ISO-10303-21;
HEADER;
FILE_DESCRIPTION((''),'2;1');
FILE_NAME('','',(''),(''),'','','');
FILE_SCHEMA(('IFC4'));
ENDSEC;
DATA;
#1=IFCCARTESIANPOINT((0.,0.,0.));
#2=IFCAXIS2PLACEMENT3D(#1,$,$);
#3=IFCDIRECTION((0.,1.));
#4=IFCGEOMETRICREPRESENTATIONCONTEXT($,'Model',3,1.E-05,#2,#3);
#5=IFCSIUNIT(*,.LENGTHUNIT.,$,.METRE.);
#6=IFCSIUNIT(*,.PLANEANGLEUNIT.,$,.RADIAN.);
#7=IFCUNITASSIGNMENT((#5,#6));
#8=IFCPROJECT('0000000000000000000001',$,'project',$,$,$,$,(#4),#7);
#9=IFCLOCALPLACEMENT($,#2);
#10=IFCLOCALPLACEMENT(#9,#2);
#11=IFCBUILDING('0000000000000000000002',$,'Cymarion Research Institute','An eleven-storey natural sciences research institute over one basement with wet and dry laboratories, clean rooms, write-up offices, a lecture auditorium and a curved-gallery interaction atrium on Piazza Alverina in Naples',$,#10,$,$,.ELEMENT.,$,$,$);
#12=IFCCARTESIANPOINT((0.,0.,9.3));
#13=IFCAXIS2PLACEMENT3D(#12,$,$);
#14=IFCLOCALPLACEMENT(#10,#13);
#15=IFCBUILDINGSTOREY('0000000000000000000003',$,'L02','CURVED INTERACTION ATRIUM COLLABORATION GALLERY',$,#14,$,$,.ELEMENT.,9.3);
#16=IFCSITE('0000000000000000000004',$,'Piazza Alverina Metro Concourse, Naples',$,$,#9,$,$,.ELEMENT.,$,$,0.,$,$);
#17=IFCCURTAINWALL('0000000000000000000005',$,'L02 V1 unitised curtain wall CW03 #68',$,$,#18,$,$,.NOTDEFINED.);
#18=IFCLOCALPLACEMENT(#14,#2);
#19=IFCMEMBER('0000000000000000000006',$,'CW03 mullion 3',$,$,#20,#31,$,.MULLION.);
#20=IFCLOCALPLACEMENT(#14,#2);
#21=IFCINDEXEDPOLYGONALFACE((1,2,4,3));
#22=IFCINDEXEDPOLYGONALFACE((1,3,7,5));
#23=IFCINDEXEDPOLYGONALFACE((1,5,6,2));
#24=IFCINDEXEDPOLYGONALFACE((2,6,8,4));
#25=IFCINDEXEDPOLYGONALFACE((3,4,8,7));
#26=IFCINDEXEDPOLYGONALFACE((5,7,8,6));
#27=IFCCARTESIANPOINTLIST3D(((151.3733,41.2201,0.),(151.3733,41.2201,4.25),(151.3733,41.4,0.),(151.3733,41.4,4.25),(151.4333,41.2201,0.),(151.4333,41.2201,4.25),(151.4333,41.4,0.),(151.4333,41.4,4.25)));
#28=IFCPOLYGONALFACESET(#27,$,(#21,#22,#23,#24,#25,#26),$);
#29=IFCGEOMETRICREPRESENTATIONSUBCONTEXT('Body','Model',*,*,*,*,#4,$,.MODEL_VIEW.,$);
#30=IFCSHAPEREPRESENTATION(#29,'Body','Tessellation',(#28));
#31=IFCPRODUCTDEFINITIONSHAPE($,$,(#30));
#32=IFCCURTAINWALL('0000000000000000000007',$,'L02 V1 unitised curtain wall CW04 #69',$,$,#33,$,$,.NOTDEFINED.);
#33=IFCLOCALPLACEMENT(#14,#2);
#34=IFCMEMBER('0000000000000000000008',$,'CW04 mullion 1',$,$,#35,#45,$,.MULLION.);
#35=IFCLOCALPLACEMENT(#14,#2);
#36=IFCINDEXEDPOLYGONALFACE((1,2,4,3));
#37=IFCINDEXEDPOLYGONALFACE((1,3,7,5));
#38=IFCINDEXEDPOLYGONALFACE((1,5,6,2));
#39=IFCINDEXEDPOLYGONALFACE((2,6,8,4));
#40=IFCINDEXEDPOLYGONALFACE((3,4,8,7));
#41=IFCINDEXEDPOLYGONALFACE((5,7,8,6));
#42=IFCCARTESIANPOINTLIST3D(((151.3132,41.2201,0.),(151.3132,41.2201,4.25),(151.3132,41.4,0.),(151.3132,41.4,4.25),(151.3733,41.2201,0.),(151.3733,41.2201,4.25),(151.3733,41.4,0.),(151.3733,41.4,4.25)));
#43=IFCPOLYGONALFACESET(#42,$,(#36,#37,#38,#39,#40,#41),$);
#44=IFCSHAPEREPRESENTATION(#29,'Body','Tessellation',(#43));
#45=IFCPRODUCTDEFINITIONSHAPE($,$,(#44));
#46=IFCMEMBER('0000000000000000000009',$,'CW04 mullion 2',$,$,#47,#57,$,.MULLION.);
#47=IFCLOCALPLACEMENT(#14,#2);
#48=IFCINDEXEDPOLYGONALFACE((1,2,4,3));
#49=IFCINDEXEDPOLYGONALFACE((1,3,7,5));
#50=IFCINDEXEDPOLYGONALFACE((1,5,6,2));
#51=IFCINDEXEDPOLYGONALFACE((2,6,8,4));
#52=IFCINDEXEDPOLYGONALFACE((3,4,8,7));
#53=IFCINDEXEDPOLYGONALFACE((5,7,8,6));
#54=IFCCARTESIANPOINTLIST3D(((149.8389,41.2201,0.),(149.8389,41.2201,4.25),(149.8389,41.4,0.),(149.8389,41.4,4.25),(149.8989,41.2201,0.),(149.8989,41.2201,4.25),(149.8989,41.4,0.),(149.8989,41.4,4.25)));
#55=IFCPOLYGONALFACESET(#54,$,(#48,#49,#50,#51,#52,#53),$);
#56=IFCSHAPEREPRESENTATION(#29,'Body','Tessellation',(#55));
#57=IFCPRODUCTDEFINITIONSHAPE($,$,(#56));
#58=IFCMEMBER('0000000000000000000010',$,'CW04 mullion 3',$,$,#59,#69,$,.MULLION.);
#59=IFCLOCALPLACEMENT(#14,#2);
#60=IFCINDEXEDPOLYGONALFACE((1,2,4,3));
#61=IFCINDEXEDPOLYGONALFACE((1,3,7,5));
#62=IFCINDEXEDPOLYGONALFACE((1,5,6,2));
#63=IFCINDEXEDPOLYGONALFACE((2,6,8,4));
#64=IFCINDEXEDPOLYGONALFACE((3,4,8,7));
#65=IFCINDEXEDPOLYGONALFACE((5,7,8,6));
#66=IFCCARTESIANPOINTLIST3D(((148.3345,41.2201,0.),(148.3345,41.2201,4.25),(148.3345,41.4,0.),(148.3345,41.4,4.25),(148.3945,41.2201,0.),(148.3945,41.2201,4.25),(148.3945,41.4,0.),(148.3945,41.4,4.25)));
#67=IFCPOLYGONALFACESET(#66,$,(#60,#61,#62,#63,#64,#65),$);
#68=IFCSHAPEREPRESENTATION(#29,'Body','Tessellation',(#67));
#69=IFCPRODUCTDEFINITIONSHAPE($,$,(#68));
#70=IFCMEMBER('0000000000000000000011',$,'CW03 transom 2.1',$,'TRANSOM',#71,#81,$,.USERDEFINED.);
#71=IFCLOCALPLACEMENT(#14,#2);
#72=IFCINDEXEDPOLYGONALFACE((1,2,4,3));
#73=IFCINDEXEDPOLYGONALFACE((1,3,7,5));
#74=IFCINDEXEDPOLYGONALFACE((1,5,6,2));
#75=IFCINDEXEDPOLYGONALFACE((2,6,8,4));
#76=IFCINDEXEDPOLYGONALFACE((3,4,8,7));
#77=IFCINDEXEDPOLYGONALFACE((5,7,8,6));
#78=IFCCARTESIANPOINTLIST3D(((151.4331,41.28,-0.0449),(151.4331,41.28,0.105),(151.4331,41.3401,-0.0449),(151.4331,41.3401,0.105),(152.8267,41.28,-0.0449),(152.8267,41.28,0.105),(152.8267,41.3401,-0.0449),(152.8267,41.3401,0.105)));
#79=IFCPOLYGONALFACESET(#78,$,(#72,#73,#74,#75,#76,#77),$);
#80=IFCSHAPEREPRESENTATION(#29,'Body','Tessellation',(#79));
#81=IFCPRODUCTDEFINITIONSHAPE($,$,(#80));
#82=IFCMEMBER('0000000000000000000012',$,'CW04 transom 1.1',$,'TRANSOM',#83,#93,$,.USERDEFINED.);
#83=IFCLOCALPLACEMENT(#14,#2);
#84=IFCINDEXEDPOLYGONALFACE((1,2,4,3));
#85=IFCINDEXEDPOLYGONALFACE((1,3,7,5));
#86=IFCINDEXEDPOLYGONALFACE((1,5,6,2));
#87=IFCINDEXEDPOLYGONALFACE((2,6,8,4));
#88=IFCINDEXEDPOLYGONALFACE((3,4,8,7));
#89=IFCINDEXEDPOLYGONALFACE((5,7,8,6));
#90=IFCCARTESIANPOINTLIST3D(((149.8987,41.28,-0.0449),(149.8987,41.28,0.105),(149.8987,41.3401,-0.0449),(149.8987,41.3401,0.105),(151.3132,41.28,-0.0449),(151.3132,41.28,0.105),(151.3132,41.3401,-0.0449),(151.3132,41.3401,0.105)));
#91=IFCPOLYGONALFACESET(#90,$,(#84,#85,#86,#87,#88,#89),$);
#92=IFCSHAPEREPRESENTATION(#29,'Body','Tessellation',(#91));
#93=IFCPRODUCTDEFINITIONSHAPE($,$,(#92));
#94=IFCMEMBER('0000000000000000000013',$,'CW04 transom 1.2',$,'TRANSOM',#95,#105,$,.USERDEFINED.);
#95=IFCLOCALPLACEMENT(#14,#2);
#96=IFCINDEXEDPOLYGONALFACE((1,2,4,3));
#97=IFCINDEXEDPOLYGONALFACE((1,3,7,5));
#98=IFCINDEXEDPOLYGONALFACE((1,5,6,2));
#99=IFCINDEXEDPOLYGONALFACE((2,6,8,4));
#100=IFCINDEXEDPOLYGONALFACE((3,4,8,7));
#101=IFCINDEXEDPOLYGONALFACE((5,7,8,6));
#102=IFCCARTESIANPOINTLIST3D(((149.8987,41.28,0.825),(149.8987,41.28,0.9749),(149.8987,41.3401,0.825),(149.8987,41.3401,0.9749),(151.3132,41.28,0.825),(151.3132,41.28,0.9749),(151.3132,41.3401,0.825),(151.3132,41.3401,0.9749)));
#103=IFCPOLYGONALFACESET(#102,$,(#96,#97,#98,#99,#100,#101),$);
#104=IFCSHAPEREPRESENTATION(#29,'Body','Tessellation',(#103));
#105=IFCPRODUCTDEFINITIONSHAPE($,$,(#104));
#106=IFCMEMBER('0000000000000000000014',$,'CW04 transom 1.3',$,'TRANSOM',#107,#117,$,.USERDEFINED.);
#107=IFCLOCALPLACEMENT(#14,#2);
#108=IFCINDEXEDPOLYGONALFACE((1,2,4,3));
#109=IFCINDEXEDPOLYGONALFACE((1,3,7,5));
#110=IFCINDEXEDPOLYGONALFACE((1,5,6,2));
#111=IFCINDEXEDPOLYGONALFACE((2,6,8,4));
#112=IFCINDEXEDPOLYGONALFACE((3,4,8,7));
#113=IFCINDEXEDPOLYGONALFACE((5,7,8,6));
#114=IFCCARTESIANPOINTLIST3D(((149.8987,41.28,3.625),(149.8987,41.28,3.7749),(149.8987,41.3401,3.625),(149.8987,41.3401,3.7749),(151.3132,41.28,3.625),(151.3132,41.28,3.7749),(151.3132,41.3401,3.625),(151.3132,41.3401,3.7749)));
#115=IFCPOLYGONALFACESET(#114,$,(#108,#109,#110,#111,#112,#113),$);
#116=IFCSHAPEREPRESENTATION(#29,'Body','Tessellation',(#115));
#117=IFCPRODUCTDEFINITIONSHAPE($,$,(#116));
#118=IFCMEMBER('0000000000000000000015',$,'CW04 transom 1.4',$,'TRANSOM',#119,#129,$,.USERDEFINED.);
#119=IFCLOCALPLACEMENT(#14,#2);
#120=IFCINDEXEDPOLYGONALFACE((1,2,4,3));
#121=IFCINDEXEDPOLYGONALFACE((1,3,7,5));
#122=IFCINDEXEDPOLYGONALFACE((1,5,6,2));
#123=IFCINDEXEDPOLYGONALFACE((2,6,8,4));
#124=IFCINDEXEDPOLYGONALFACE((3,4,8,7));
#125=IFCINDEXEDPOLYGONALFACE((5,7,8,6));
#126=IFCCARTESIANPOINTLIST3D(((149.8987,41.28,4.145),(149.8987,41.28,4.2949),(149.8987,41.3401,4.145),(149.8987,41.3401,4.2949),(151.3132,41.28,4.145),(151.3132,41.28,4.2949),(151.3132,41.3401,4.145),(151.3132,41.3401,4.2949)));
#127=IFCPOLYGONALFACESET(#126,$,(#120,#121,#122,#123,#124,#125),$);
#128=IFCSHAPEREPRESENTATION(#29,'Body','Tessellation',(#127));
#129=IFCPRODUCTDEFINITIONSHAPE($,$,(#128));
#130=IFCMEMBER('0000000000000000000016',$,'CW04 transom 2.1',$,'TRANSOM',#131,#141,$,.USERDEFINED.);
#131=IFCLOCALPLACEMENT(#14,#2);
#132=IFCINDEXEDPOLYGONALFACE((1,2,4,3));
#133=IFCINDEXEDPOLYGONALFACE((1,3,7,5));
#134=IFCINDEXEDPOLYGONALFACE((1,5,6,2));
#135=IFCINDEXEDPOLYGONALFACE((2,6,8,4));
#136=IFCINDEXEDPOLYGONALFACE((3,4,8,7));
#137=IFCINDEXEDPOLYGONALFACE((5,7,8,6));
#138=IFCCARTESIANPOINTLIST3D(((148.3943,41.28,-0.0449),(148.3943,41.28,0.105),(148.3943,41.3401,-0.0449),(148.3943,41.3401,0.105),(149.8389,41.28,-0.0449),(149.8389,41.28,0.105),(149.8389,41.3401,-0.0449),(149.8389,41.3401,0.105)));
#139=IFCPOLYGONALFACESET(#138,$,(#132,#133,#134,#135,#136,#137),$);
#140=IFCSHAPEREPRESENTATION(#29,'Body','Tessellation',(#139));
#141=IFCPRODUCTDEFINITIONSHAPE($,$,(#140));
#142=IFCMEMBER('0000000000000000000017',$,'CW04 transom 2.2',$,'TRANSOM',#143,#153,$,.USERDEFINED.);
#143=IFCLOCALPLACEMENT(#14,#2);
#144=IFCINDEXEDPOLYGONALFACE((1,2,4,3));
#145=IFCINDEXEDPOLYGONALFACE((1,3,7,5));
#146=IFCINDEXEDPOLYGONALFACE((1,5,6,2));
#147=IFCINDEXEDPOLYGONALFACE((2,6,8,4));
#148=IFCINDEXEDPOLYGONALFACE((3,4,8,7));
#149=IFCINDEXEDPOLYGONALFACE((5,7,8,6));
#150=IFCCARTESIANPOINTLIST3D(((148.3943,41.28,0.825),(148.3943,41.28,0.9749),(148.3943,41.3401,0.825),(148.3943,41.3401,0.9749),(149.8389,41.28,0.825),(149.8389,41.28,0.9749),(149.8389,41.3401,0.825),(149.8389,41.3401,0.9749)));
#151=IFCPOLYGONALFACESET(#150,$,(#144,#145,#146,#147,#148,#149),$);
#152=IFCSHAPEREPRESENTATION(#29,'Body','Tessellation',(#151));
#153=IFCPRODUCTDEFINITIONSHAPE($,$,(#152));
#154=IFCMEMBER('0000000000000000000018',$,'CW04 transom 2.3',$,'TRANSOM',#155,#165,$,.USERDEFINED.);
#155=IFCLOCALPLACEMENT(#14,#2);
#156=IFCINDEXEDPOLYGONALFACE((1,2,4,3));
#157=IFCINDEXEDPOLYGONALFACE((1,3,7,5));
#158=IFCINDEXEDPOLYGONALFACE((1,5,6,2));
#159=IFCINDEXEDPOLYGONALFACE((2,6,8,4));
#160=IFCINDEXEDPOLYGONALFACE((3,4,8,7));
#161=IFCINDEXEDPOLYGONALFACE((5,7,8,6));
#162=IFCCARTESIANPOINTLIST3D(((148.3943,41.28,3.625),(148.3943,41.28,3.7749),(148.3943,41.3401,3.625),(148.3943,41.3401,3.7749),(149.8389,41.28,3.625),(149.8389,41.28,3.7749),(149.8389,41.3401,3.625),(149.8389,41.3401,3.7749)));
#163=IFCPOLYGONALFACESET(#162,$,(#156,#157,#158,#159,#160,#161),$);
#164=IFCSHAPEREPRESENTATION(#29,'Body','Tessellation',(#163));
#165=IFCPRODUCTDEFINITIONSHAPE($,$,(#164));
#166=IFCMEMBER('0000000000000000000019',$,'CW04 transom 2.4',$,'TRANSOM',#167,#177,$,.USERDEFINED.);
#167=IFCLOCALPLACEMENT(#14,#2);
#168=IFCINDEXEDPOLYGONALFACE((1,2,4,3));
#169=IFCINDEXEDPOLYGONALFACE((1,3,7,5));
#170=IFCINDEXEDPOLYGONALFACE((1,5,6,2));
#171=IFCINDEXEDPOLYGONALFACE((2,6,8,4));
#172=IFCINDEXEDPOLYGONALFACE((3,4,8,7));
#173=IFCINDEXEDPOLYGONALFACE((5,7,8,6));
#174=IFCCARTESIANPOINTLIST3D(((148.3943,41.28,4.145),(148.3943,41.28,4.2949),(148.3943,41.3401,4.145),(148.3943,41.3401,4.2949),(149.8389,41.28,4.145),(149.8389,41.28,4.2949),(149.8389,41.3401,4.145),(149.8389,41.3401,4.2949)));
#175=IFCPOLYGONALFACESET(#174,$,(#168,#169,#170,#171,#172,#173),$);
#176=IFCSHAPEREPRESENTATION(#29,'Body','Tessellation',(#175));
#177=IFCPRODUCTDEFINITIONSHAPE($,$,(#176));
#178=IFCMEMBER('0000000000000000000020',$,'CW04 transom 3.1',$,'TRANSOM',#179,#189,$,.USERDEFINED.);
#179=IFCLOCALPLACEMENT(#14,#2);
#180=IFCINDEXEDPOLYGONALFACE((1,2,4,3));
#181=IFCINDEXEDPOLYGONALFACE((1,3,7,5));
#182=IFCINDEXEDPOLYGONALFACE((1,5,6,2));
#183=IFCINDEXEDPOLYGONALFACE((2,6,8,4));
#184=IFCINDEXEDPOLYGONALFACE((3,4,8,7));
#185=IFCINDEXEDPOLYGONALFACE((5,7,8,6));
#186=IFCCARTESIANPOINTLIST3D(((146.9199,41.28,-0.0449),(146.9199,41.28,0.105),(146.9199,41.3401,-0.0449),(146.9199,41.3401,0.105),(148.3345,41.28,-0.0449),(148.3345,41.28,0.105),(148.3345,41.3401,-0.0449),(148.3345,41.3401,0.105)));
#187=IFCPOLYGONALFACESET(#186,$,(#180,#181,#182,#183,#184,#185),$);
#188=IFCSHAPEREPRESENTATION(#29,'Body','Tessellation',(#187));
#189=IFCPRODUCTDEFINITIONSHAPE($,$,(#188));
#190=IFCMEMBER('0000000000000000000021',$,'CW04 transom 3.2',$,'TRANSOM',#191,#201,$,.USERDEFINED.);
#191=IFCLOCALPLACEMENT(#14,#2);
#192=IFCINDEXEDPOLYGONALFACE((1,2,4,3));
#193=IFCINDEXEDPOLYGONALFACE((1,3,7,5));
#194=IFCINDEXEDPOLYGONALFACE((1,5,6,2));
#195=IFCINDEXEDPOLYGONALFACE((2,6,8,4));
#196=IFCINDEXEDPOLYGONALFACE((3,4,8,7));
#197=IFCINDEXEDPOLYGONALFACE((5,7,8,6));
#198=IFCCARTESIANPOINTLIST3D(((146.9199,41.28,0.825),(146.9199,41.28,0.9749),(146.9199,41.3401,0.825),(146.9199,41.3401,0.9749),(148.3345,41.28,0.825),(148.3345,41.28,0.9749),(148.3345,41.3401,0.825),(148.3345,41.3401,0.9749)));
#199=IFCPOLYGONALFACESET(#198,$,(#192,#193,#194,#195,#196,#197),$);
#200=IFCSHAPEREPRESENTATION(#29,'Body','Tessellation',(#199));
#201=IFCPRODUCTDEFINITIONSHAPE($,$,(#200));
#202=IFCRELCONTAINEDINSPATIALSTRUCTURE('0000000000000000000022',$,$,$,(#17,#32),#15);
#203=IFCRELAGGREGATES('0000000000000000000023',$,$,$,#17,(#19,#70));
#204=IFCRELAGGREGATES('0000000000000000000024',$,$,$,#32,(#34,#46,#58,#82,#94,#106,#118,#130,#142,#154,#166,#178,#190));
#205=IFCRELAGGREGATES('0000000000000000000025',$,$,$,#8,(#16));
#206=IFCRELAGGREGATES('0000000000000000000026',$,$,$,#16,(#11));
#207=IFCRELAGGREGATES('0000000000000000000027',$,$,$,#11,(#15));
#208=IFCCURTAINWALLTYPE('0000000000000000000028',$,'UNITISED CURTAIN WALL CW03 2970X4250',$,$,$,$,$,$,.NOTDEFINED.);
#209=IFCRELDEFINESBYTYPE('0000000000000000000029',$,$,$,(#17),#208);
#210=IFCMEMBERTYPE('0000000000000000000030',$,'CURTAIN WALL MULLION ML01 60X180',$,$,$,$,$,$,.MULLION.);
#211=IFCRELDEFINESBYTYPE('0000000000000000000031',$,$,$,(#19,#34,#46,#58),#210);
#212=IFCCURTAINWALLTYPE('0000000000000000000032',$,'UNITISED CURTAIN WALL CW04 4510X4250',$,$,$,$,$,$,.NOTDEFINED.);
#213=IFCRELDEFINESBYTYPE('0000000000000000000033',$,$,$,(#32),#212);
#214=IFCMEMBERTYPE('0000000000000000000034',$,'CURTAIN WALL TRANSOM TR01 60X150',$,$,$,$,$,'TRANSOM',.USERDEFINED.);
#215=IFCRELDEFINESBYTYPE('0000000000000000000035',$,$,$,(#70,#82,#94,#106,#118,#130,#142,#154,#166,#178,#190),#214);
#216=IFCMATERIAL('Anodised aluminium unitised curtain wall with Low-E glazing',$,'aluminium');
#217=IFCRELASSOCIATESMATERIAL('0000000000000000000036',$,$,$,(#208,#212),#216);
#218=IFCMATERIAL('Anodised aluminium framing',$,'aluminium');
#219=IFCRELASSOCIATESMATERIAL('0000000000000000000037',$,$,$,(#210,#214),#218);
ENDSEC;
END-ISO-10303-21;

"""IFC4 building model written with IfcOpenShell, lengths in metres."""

from ifc_helpers import new_model, si_unit, direction, frame, origin, origin_2d, place, context, subcontext, project, spatial, rectangle, extrude, material, material_profile, profile_set, type_object, element, aggregate, save


model = new_model("IFC4")

# Units and contexts
model_context = context("Model", 3, precision=1e-05, world=origin(), true_north=direction((0.0, 1.0)))
body_context = subcontext(model_context, "Body", "Model", "MODEL_VIEW")
ifc_project = project(units=[si_unit("LENGTHUNIT", "METRE"), si_unit("PLANEANGLEUNIT", "RADIAN")], contexts=[model_context])

# Site, building, storey
site_placement = place(None, origin())
site = spatial("IfcSite", under=ifc_project, at=site_placement, Name="Piazza Alverina Metro Concourse, Naples", CompositionType="ELEMENT", RefElevation=0.0)
building_placement = place(site_placement, origin())
building = spatial("IfcBuilding", under=site, at=building_placement, Name="Cymarion Research Institute", Description="An eleven-storey natural sciences research institute over one basement with wet and dry laboratories, clean rooms, write-up offices, a lecture auditorium and a curved-gallery interaction atrium on Piazza Alverina in Naples", CompositionType="ELEMENT")
storey_placement = place(building_placement, frame((0.0, 0.0, 9.3)))
storey = spatial("IfcBuildingStorey", under=building, at=storey_placement, Name="L02", Description="CURVED INTERACTION ATRIUM COLLABORATION GALLERY", CompositionType="ELEMENT", Elevation=9.3)

# Curtain wall, member
ifc_material_1 = material(Name="Anodised aluminium unitised curtain wall with Low-E glazing", Category="aluminium")
curtain_wall_type_1 = type_object("IfcCurtainWallType", Name="UNITISED CURTAIN WALL CW03 2970X4250", PredefinedType="NOTDEFINED", material=ifc_material_1)
curtain_wall_1_placement = place(storey_placement, origin())
curtain_wall_1 = element("IfcCurtainWall", 1, at=curtain_wall_1_placement, inside=storey, type_object=curtain_wall_type_1, Name="L02 V1 unitised curtain wall CW03 #68", PredefinedType="NOTDEFINED")
ifc_material_2 = material(Name="Anodised aluminium framing", Category="aluminium")
ifc_material_profile_1 = material_profile(ifc_material_2, rectangle(XDim=0.0601, YDim=0.1799, at=origin_2d()), Name="ALU MULLION 60x180")
ifc_profile_set_1 = profile_set([ifc_material_profile_1], Name="Anodised aluminium framing")
member_type_1 = type_object("IfcMemberType", Name="CURTAIN WALL MULLION ML01 60X180", PredefinedType="MULLION", material=ifc_profile_set_1)
member_1_placement = place(storey_placement, frame((151.4033, 41.3101, 0.0), z_axis=(0.0, 0.0, 1.0), x_axis=(-1.0, 0.0, 0.0)))
member_1 = element("IfcMember", 2, at=member_1_placement, type_object=member_type_1, Name="CW03 mullion 3", PredefinedType="MULLION", context=body_context, shape_type="SweptSolid", body=[
    extrude(rectangle(XDim=0.0601, YDim=0.1799, at=origin_2d()), origin(), (0.0, 0.0, 1.0), 4.25),
])

# Curtain wall, members
curtain_wall_type_2 = type_object("IfcCurtainWallType", Name="UNITISED CURTAIN WALL CW04 4510X4250", PredefinedType="NOTDEFINED", material=ifc_material_1)
curtain_wall_2_placement = place(storey_placement, origin())
curtain_wall_2 = element("IfcCurtainWall", 3, at=curtain_wall_2_placement, inside=storey, type_object=curtain_wall_type_2, Name="L02 V1 unitised curtain wall CW04 #69", PredefinedType="NOTDEFINED")
member_2_placement = place(storey_placement, frame((151.3433, 41.3101, 0.0), z_axis=(0.0, 0.0, 1.0), x_axis=(-1.0, 0.0, 0.0)))
member_2 = element("IfcMember", 4, at=member_2_placement, type_object=member_type_1, Name="CW04 mullion 1", PredefinedType="MULLION", context=body_context, shape_type="SweptSolid", body=[
    extrude(rectangle(XDim=0.0601, YDim=0.1799, at=origin_2d()), origin(), (0.0, 0.0, 1.0), 4.25),
])
member_3_placement = place(storey_placement, frame((149.8689, 41.3101, 0.0), z_axis=(0.0, 0.0, 1.0), x_axis=(-1.0, 0.0, 0.0)))
member_3 = element("IfcMember", 5, at=member_3_placement, type_object=member_type_1, Name="CW04 mullion 2", PredefinedType="MULLION", context=body_context, shape_type="SweptSolid", body=[
    extrude(rectangle(XDim=0.0601, YDim=0.1799, at=origin_2d()), origin(), (0.0, 0.0, 1.0), 4.25),
])
member_4_placement = place(storey_placement, frame((148.3645, 41.3101, 0.0), z_axis=(0.0, 0.0, 1.0), x_axis=(-1.0, 0.0, 0.0)))
member_4 = element("IfcMember", 6, at=member_4_placement, type_object=member_type_1, Name="CW04 mullion 3", PredefinedType="MULLION", context=body_context, shape_type="SweptSolid", body=[
    extrude(rectangle(XDim=0.0601, YDim=0.1799, at=origin_2d()), origin(), (0.0, 0.0, 1.0), 4.25),
])

# Members
ifc_material_profile_2 = material_profile(ifc_material_2, rectangle(XDim=0.0601, YDim=0.1499, at=origin_2d()), Name="ALU TRANSOM 60x150")
ifc_profile_set_2 = profile_set([ifc_material_profile_2], Name="Anodised aluminium framing")
member_type_2 = type_object("IfcMemberType", Name="CURTAIN WALL TRANSOM TR01 60X150", ElementType="TRANSOM", PredefinedType="USERDEFINED", material=ifc_profile_set_2)
member_5_placement = place(storey_placement, frame((152.8267, 41.3101, 0.03), z_axis=(-1.0, 0.0, 0.0), x_axis=(0.0, -1.0, 0.0)))
member_5 = element("IfcMember", 7, at=member_5_placement, type_object=member_type_2, Name="CW03 transom 2.1", ObjectType="TRANSOM", PredefinedType="USERDEFINED", context=body_context, shape_type="SweptSolid", body=[
    extrude(rectangle(XDim=0.0601, YDim=0.1499, at=origin_2d()), origin(), (0.0, 0.0, 1.0), 1.3936),
])
member_6_placement = place(storey_placement, frame((151.3132, 41.3101, 0.03), z_axis=(-1.0, 0.0, 0.0), x_axis=(0.0, -1.0, 0.0)))
member_6 = element("IfcMember", 8, at=member_6_placement, type_object=member_type_2, Name="CW04 transom 1.1", ObjectType="TRANSOM", PredefinedType="USERDEFINED", context=body_context, shape_type="SweptSolid", body=[
    extrude(rectangle(XDim=0.0601, YDim=0.1499, at=origin_2d()), origin(), (0.0, 0.0, 1.0), 1.4146),
])
member_7_placement = place(storey_placement, frame((151.3132, 41.3101, 0.8999), z_axis=(-1.0, 0.0, 0.0), x_axis=(0.0, -1.0, 0.0)))
member_7 = element("IfcMember", 9, at=member_7_placement, type_object=member_type_2, Name="CW04 transom 1.2", ObjectType="TRANSOM", PredefinedType="USERDEFINED", context=body_context, shape_type="SweptSolid", body=[
    extrude(rectangle(XDim=0.0601, YDim=0.1499, at=origin_2d()), origin(), (0.0, 0.0, 1.0), 1.4146),
])
member_8_placement = place(storey_placement, frame((151.3132, 41.3101, 3.7), z_axis=(-1.0, 0.0, 0.0), x_axis=(0.0, -1.0, 0.0)))
member_8 = element("IfcMember", 10, at=member_8_placement, type_object=member_type_2, Name="CW04 transom 1.3", ObjectType="TRANSOM", PredefinedType="USERDEFINED", context=body_context, shape_type="SweptSolid", body=[
    extrude(rectangle(XDim=0.0601, YDim=0.1499, at=origin_2d()), origin(), (0.0, 0.0, 1.0), 1.4146),
])
member_9_placement = place(storey_placement, frame((151.3132, 41.3101, 4.22), z_axis=(-1.0, 0.0, 0.0), x_axis=(0.0, -1.0, 0.0)))
member_9 = element("IfcMember", 11, at=member_9_placement, type_object=member_type_2, Name="CW04 transom 1.4", ObjectType="TRANSOM", PredefinedType="USERDEFINED", context=body_context, shape_type="SweptSolid", body=[
    extrude(rectangle(XDim=0.0601, YDim=0.1499, at=origin_2d()), origin(), (0.0, 0.0, 1.0), 1.4146),
])
member_10_placement = place(storey_placement, frame((149.8389, 41.3101, 0.03), z_axis=(-1.0, 0.0, 0.0), x_axis=(0.0, -1.0, 0.0)))
member_10 = element("IfcMember", 12, at=member_10_placement, type_object=member_type_2, Name="CW04 transom 2.1", ObjectType="TRANSOM", PredefinedType="USERDEFINED", context=body_context, shape_type="SweptSolid", body=[
    extrude(rectangle(XDim=0.0601, YDim=0.1499, at=origin_2d()), origin(), (0.0, 0.0, 1.0), 1.4446),
])
member_11_placement = place(storey_placement, frame((149.8389, 41.3101, 0.8999), z_axis=(-1.0, 0.0, 0.0), x_axis=(0.0, -1.0, 0.0)))
member_11 = element("IfcMember", 13, at=member_11_placement, type_object=member_type_2, Name="CW04 transom 2.2", ObjectType="TRANSOM", PredefinedType="USERDEFINED", context=body_context, shape_type="SweptSolid", body=[
    extrude(rectangle(XDim=0.0601, YDim=0.1499, at=origin_2d()), origin(), (0.0, 0.0, 1.0), 1.4446),
])
member_12_placement = place(storey_placement, frame((149.8389, 41.3101, 3.7), z_axis=(-1.0, 0.0, 0.0), x_axis=(0.0, -1.0, 0.0)))
member_12 = element("IfcMember", 14, at=member_12_placement, type_object=member_type_2, Name="CW04 transom 2.3", ObjectType="TRANSOM", PredefinedType="USERDEFINED", context=body_context, shape_type="SweptSolid", body=[
    extrude(rectangle(XDim=0.0601, YDim=0.1499, at=origin_2d()), origin(), (0.0, 0.0, 1.0), 1.4446),
])
member_13_placement = place(storey_placement, frame((149.8389, 41.3101, 4.22), z_axis=(-1.0, 0.0, 0.0), x_axis=(0.0, -1.0, 0.0)))
member_13 = element("IfcMember", 15, at=member_13_placement, type_object=member_type_2, Name="CW04 transom 2.4", ObjectType="TRANSOM", PredefinedType="USERDEFINED", context=body_context, shape_type="SweptSolid", body=[
    extrude(rectangle(XDim=0.0601, YDim=0.1499, at=origin_2d()), origin(), (0.0, 0.0, 1.0), 1.4446),
])
member_14_placement = place(storey_placement, frame((148.3345, 41.3101, 0.03), z_axis=(-1.0, 0.0, 0.0), x_axis=(0.0, -1.0, 0.0)))
member_14 = element("IfcMember", 16, at=member_14_placement, type_object=member_type_2, Name="CW04 transom 3.1", ObjectType="TRANSOM", PredefinedType="USERDEFINED", context=body_context, shape_type="SweptSolid", body=[
    extrude(rectangle(XDim=0.0601, YDim=0.1499, at=origin_2d()), origin(), (0.0, 0.0, 1.0), 1.4146),
])
member_15_placement = place(storey_placement, frame((148.3345, 41.3101, 0.8999), z_axis=(-1.0, 0.0, 0.0), x_axis=(0.0, -1.0, 0.0)))
member_15 = element("IfcMember", 17, at=member_15_placement, type_object=member_type_2, Name="CW04 transom 3.2", ObjectType="TRANSOM", PredefinedType="USERDEFINED", context=body_context, shape_type="SweptSolid", body=[
    extrude(rectangle(XDim=0.0601, YDim=0.1499, at=origin_2d()), origin(), (0.0, 0.0, 1.0), 1.4146),
])

aggregate(curtain_wall_1, [member_1, member_5])
aggregate(curtain_wall_2, [member_2, member_3, member_4, member_6, member_7, member_8, member_9, member_10, member_11, member_12, member_13, member_14, member_15])

save(model, "model.ifc")
